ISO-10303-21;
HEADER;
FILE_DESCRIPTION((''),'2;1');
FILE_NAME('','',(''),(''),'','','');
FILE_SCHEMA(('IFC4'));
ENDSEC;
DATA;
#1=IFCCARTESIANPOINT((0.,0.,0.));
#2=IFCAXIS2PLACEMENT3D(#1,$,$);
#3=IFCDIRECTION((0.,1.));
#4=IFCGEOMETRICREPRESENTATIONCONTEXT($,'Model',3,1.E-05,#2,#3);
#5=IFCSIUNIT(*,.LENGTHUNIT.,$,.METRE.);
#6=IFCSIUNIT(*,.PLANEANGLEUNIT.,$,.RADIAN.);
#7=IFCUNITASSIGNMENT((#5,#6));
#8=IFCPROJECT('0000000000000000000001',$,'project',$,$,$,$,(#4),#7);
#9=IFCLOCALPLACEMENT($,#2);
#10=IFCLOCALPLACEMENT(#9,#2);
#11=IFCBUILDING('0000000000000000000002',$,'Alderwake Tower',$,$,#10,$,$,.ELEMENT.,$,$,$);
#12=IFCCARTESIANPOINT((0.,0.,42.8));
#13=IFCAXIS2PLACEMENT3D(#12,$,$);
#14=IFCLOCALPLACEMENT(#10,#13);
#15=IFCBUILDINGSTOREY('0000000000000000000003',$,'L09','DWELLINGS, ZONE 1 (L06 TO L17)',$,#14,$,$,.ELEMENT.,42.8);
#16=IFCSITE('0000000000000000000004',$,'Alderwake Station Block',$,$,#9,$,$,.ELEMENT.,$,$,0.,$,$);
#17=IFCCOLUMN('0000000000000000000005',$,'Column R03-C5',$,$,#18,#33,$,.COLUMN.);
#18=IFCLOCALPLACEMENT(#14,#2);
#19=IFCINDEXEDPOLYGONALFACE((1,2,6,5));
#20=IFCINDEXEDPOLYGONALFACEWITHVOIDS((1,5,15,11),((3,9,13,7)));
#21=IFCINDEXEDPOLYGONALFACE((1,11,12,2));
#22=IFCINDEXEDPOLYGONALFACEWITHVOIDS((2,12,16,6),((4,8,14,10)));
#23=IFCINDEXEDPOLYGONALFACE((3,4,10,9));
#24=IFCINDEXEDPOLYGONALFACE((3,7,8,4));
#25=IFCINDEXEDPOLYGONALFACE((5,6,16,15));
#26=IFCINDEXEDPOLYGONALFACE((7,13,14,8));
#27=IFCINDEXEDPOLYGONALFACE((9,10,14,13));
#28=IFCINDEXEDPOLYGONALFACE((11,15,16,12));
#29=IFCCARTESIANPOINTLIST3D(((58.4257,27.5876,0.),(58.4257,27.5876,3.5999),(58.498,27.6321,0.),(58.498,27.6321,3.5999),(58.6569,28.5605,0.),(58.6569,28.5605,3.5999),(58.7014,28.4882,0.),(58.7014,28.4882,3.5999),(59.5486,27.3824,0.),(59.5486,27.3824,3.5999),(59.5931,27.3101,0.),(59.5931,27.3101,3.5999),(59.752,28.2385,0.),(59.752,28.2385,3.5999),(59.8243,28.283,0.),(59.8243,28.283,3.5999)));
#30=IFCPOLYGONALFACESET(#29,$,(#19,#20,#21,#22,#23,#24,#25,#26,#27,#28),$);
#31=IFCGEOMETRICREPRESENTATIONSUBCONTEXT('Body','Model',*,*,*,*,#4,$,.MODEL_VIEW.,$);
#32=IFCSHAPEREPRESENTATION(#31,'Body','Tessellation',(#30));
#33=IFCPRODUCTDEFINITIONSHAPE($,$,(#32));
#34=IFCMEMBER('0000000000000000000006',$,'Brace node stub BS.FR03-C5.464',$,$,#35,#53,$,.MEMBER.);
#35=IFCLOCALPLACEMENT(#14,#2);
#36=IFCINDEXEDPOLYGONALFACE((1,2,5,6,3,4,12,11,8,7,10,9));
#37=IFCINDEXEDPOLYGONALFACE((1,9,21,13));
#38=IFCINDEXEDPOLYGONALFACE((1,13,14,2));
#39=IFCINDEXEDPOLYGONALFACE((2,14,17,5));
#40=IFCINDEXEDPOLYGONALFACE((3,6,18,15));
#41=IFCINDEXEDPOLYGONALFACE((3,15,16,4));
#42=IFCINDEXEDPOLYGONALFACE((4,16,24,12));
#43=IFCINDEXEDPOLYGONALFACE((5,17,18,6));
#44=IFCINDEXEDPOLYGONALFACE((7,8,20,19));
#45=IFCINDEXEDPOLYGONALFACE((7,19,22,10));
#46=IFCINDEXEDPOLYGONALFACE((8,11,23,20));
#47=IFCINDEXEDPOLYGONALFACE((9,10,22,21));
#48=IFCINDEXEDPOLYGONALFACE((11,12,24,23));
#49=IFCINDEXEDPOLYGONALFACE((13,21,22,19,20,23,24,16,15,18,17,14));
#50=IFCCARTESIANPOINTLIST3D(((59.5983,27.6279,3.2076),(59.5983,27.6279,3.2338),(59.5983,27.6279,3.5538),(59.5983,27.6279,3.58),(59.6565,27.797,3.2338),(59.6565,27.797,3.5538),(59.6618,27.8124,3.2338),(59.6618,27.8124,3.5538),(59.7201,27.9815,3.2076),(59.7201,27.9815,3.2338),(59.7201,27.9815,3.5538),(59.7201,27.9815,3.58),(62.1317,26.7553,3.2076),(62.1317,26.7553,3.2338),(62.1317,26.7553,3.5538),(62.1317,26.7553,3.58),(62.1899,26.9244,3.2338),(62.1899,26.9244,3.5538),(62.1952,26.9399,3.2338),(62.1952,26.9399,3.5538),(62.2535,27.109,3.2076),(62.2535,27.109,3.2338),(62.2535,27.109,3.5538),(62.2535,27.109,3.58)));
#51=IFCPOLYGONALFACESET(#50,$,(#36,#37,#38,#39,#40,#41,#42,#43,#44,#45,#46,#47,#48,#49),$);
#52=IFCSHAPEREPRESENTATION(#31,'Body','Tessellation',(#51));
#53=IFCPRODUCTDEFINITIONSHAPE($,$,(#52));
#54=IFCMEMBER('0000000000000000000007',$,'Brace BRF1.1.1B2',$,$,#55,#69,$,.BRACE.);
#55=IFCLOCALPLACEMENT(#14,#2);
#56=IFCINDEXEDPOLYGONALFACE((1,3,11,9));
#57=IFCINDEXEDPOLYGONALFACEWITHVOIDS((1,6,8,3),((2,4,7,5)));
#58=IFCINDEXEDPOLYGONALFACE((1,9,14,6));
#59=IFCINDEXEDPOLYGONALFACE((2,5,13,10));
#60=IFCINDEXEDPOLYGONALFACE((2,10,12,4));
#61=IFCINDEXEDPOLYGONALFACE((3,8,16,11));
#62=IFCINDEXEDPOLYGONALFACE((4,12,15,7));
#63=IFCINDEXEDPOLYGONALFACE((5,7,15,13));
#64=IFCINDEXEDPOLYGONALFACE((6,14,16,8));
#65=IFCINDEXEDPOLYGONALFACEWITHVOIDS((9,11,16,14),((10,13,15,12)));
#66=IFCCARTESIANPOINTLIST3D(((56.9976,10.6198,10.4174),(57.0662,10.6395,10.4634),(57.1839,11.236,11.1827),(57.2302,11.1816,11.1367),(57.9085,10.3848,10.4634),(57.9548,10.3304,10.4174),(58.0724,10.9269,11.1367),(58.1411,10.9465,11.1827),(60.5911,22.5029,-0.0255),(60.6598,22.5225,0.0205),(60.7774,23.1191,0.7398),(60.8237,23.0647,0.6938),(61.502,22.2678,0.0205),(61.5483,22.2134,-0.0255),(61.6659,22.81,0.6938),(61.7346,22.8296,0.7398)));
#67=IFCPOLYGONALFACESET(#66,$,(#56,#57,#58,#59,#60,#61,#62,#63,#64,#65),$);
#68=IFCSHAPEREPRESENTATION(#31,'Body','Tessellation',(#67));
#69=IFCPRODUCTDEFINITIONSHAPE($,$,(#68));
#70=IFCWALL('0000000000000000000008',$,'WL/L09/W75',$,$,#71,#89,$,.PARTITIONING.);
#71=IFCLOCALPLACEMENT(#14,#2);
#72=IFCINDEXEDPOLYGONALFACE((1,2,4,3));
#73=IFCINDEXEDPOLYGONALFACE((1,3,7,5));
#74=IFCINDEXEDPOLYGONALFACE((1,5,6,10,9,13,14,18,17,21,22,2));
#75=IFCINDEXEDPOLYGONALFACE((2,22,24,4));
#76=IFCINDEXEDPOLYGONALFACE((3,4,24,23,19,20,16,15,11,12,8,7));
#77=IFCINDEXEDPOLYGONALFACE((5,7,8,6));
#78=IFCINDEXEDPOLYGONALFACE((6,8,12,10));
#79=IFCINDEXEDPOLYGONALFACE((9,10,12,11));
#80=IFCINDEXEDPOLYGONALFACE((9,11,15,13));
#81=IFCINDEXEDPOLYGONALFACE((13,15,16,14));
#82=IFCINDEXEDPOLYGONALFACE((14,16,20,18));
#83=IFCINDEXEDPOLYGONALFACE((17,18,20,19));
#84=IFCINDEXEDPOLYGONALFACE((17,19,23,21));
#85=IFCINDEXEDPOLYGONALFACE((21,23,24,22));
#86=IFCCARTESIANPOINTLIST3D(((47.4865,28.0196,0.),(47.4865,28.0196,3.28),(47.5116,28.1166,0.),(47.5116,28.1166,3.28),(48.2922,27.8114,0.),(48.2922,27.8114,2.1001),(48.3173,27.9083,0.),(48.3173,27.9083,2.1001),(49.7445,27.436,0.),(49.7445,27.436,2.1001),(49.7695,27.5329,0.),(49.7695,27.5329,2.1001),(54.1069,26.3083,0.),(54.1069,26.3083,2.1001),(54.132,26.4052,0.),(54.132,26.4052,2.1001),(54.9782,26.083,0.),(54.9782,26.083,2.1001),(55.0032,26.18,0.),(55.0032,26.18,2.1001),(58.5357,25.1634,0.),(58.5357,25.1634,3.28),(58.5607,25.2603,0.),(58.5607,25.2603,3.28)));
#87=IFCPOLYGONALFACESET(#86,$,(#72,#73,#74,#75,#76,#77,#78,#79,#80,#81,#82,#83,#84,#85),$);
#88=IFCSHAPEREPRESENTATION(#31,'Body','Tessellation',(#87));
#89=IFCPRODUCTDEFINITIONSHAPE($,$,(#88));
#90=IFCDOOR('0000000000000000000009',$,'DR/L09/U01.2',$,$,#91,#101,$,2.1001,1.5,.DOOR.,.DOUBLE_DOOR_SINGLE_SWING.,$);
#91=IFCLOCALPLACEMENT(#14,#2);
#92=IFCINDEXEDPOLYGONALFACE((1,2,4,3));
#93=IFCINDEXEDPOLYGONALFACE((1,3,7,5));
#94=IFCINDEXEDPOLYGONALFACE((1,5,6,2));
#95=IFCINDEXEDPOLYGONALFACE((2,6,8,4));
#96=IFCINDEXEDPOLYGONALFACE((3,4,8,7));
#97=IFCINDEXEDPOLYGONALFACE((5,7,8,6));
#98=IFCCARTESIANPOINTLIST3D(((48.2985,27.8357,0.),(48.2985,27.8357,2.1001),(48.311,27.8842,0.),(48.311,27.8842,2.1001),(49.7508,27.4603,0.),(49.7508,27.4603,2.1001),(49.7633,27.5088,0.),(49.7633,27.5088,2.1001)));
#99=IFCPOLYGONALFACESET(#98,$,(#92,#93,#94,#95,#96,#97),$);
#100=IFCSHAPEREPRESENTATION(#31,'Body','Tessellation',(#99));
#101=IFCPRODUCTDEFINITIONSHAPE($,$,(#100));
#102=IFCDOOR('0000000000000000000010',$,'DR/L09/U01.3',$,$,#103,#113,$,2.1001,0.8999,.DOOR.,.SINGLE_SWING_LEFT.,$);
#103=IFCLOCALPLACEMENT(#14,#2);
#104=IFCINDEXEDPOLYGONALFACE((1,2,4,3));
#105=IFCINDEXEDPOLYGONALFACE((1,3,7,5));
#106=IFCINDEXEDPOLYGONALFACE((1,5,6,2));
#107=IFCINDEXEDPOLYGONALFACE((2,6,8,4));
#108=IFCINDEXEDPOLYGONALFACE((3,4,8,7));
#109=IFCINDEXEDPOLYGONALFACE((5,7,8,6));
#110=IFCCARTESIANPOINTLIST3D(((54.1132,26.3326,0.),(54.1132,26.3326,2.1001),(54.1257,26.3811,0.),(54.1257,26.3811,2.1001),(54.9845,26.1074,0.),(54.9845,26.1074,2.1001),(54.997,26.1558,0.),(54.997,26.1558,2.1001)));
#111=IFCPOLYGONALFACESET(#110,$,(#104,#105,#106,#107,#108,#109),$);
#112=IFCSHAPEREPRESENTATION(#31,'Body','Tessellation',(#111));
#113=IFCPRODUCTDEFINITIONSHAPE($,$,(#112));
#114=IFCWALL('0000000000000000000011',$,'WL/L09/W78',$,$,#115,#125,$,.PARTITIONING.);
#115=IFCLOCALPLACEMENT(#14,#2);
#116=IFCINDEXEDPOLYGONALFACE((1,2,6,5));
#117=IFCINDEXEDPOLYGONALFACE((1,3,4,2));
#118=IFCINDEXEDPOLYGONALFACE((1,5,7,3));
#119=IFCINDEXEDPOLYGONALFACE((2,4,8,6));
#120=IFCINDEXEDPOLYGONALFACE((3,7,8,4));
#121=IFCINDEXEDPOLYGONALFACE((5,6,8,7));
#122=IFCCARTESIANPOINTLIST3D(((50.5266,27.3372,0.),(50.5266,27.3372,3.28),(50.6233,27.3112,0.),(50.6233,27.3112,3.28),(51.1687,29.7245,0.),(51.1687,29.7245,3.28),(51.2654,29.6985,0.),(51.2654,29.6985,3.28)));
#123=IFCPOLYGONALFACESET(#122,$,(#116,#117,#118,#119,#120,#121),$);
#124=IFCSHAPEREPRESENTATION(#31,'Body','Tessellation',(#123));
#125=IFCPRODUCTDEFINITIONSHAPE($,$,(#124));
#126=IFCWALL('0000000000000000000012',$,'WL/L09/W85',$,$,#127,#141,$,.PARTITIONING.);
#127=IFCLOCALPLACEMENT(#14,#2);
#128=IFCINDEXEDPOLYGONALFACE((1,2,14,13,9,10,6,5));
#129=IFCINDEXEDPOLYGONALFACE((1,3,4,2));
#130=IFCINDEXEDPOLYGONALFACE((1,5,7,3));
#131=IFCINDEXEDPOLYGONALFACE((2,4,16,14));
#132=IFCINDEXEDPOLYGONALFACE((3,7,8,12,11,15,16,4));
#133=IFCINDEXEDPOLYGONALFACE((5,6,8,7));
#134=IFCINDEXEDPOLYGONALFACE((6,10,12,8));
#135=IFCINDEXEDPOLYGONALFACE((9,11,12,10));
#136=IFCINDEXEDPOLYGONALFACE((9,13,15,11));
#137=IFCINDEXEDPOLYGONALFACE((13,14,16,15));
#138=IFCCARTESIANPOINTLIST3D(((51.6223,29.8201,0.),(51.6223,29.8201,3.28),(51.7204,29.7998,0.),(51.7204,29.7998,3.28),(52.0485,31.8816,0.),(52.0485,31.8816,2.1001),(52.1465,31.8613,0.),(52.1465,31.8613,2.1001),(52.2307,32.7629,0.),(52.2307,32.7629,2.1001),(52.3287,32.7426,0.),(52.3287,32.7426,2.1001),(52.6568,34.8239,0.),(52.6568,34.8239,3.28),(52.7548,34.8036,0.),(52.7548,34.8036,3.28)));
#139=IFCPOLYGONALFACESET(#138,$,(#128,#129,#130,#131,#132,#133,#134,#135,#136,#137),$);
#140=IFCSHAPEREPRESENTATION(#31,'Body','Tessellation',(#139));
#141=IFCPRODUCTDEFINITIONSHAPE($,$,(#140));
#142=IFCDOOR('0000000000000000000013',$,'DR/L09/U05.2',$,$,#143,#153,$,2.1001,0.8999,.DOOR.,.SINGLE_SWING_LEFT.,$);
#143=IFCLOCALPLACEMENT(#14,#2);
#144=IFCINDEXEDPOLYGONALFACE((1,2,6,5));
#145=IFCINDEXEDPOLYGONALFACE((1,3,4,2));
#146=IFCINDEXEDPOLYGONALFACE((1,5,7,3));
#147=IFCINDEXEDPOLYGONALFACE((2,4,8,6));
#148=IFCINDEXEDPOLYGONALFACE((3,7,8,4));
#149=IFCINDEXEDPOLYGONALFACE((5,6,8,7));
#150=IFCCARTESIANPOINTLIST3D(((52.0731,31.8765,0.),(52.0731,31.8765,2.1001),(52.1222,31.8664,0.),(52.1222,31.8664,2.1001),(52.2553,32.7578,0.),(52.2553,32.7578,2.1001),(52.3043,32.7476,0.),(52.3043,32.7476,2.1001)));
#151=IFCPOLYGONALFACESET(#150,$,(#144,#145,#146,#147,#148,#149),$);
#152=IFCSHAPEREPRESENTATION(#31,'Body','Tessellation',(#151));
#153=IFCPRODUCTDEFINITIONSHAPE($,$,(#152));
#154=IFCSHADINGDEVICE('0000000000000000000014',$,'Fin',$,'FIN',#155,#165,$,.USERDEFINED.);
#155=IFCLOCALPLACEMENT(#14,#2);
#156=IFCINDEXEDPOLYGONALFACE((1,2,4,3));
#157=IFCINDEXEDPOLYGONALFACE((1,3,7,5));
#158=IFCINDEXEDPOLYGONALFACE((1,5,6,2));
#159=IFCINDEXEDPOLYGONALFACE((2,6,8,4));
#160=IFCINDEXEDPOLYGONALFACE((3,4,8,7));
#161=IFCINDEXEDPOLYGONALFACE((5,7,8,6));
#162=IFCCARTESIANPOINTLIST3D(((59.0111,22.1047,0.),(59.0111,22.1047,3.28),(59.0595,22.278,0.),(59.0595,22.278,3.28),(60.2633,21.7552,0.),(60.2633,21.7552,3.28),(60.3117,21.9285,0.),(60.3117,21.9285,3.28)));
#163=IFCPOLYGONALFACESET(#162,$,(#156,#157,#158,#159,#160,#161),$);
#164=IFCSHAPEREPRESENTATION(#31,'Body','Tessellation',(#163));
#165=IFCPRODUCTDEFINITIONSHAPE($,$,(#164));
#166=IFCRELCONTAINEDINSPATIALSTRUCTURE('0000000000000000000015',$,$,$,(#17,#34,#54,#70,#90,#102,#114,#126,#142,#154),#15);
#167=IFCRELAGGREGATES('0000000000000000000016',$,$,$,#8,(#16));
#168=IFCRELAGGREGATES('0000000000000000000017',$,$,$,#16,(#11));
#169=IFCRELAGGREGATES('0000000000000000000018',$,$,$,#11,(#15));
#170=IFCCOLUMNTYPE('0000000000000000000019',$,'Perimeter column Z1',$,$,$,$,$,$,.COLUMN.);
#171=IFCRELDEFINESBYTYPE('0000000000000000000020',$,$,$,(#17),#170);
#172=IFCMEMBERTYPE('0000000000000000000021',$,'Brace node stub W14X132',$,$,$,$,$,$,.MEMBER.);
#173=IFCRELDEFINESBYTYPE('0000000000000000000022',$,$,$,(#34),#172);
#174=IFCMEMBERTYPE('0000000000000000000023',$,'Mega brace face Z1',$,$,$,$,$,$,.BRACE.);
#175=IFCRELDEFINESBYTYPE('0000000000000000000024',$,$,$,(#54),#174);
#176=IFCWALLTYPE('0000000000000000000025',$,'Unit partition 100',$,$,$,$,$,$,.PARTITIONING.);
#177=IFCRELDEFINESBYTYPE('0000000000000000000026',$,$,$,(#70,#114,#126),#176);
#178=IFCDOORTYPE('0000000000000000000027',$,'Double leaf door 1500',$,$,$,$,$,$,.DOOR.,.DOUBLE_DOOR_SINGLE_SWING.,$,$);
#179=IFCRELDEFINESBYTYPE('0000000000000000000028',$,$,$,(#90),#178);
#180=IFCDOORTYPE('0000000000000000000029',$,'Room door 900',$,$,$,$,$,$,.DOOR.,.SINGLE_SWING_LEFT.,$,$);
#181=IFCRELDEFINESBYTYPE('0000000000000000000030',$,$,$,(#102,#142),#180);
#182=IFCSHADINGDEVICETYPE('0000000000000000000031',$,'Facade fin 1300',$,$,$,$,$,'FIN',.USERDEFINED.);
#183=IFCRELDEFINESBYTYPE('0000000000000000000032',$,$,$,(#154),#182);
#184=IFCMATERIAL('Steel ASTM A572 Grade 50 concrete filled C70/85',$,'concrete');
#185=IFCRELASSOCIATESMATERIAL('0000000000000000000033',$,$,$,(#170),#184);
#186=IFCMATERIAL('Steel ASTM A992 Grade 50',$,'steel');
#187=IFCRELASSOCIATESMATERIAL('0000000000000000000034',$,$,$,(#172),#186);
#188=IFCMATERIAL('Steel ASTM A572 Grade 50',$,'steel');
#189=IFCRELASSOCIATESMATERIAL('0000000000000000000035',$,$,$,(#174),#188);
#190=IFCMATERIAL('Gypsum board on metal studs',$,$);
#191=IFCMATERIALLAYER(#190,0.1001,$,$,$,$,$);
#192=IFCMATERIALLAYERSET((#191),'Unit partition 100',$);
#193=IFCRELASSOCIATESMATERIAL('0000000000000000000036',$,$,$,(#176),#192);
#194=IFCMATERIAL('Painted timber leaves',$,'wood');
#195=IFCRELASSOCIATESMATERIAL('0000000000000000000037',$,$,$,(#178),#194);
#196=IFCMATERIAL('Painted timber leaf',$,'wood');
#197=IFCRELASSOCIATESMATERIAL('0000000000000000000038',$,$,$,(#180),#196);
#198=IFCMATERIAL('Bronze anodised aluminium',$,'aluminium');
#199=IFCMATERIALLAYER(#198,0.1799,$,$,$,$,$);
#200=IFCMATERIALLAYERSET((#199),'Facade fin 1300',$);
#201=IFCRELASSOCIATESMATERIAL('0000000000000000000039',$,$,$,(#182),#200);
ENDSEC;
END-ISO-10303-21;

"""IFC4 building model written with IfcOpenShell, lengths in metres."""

from ifc_helpers import new_model, si_unit, direction, frame, frame_2d, origin, origin_2d, place, context, subcontext, project, spatial, rectangle, hollow_rectangle, i_section, extrude, material, layer, layer_set, material_profile, profile_set, type_object, element, fill, save


model = new_model("IFC4")

# Units and contexts
model_context = context("Model", 3, precision=1e-05, world=origin(), true_north=direction((0.0, 1.0)))
body_context = subcontext(model_context, "Body", "Model", "MODEL_VIEW")
ifc_project = project(units=[si_unit("LENGTHUNIT", "METRE"), si_unit("PLANEANGLEUNIT", "RADIAN")], contexts=[model_context])

# Site, building, storey
site_placement = place(None, origin())
site = spatial("IfcSite", under=ifc_project, at=site_placement, Name="Alderwake Station Block", CompositionType="ELEMENT", RefElevation=0.0)
building_placement = place(site_placement, origin())
building = spatial("IfcBuilding", under=site, at=building_placement, Name="Alderwake Tower", CompositionType="ELEMENT")
storey_placement = place(building_placement, frame((0.0, 0.0, 42.8)))
storey = spatial("IfcBuildingStorey", under=building, at=storey_placement, Name="L09", Description="DWELLINGS, ZONE 1 (L06 TO L17)", CompositionType="ELEMENT", Elevation=42.8)

# Column
ifc_material_1 = material(Name="Steel ASTM A572 Grade 50 concrete filled C70/85", Category="concrete")
ifc_material_profile_1 = material_profile(ifc_material_1, hollow_rectangle(XDim=1.0, YDim=1.2, WallThickness=0.0601, at=origin_2d()), Name="BOX 1200X1000X60")
ifc_profile_set_1 = profile_set([ifc_material_profile_1], Name="Steel ASTM A572 Grade 50 concrete filled C70/85")
column_type = type_object("IfcColumnType", Name="Perimeter column Z1", PredefinedType="COLUMN", material=ifc_profile_set_1)
column_placement = place(storey_placement, frame((59.125, 27.9353, 0.0), z_axis=(0.0, 0.0, 1.0), x_axis=(0.231222, 0.972901, 0.0)))
element("IfcColumn", 1, at=column_placement, inside=storey, type_object=column_type, Name="Column R03-C5", PredefinedType="COLUMN", context=body_context, shape_type="SweptSolid", body=[
    extrude(hollow_rectangle(XDim=1.0, YDim=1.2, WallThickness=0.0601, at=origin_2d()), origin(), (0.0, 0.0, 1.0), 3.5999),
])

# Members
ifc_material_2 = material(Name="Steel ASTM A992 Grade 50", Category="steel")
ifc_material_profile_2 = material_profile(ifc_material_2, i_section(OverallWidth=0.374, OverallDepth=0.3723, WebThickness=0.0164, FlangeThickness=0.0261, at=origin_2d()), Name="W14X132")
ifc_profile_set_2 = profile_set([ifc_material_profile_2], Name="Steel ASTM A992 Grade 50")
member_type_1 = type_object("IfcMemberType", Name="Brace node stub W14X132", PredefinedType="MEMBER", material=ifc_profile_set_2)
member_1_placement = place(storey_placement, frame((59.6592, 27.8047, 3.3938), z_axis=(0.945493, -0.325642, 0.0), x_axis=(0.325642, 0.945493, 0.0)))
element("IfcMember", 2, at=member_1_placement, inside=storey, type_object=member_type_1, Name="Brace node stub BS.FR03-C5.464", PredefinedType="MEMBER", context=body_context, shape_type="SweptSolid", body=[
    extrude(i_section(OverallWidth=0.374, OverallDepth=0.3723, WebThickness=0.0164, FlangeThickness=0.0261, at=origin_2d()), origin(), (0.0, 0.0, 1.0), 2.6794),
])
ifc_material_3 = material(Name="Steel ASTM A572 Grade 50", Category="steel")
ifc_material_profile_3 = material_profile(ifc_material_3, hollow_rectangle(XDim=1.0, YDim=1.0, WallThickness=0.0601, at=origin_2d()), Name="BOX 1000X1000X60")
ifc_profile_set_3 = profile_set([ifc_material_profile_3], Name="Steel ASTM A572 Grade 50")
member_type_2 = type_object("IfcMemberType", Name="Mega brace face Z1", PredefinedType="BRACE", material=ifc_profile_set_3)
member_2_placement = place(storey_placement, frame((61.1628, 22.6663, 0.3572), z_axis=(-0.221512, -0.732499, 0.643722), x_axis=(0.95719, -0.28946, 0.0)))
element("IfcMember", 3, at=member_2_placement, inside=storey, type_object=member_type_2, Name="Brace BRF1.1.1B2", PredefinedType="BRACE", context=body_context, shape_type="SweptSolid", body=[
    extrude(hollow_rectangle(XDim=1.0, YDim=1.0, WallThickness=0.0601, at=origin_2d()), origin(), (0.0, 0.0, 1.0), 16.2227),
])

# Wall, openings, doors
ifc_material_4 = material(Name="Gypsum board on metal studs")
ifc_layer_1 = layer(ifc_material_4, 0.1001)
ifc_layer_set_1 = layer_set([ifc_layer_1], Name="Unit partition 100")
wall_type_1 = type_object("IfcWallType", Name="Unit partition 100", PredefinedType="PARTITIONING", material=ifc_layer_set_1)
wall_1_placement = place(storey_placement, frame((58.5481, 25.2119, 0.0), z_axis=(0.0, 0.0, 1.0), x_axis=(-0.968175, 0.250275, 0.0)))
wall_1 = element("IfcWall", 4, at=wall_1_placement, inside=storey, type_object=wall_type_1, Name="WL/L09/W75", PredefinedType="PARTITIONING", context=body_context, shape_type="SweptSolid", body=[
    extrude(rectangle(XDim=11.4124, YDim=0.1001, at=frame_2d((5.7061, 0.0))), origin(), (0.0, 0.0, 1.0), 3.28),
])
opening_1_placement = place(wall_1_placement, frame((9.0801, 0.0, 0.0)))
opening_1 = element("IfcOpeningElement", 5, at=opening_1_placement, cuts=wall_1, PredefinedType="OPENING", context=body_context, shape_type="SweptSolid", body=[
    extrude(rectangle(XDim=1.5, YDim=2.1001, at=frame_2d((0.75, 1.05))), frame((0.0, 0.0601, 0.0), z_axis=(0.0, -1.0, 0.0), x_axis=(1.0, 0.0, 0.0)), (0.0, 0.0, 1.0), 0.1201),
])
opening_2_placement = place(wall_1_placement, frame((3.6743, 0.0, 0.0)))
opening_2 = element("IfcOpeningElement", 6, at=opening_2_placement, cuts=wall_1, PredefinedType="OPENING", context=body_context, shape_type="SweptSolid", body=[
    extrude(rectangle(XDim=0.8999, YDim=2.1001, at=frame_2d((0.45, 1.05))), frame((0.0, 0.0601, 0.0), z_axis=(0.0, -1.0, 0.0), x_axis=(1.0, 0.0, 0.0)), (0.0, 0.0, 1.0), 0.1201),
])
ifc_material_5 = material(Name="Painted timber leaves", Category="wood")
door_type_1 = type_object("IfcDoorType", Name="Double leaf door 1500", OperationType="DOUBLE_DOOR_SINGLE_SWING", PredefinedType="DOOR", material=ifc_material_5)
door_1_placement = place(opening_1_placement, origin())
door_1 = element("IfcDoor", 7, at=door_1_placement, inside=storey, type_object=door_type_1, Name="DR/L09/U01.2", OperationType="DOUBLE_DOOR_SINGLE_SWING", OverallHeight=2.1001, OverallWidth=1.5, PredefinedType="DOOR", context=body_context, shape_type="SweptSolid", body=[
    extrude(rectangle(XDim=1.5, YDim=2.1001, at=frame_2d((0.75, 1.05))), frame((0.0, 0.0249, 0.0), z_axis=(0.0, -1.0, 0.0), x_axis=(1.0, 0.0, 0.0)), (0.0, 0.0, 1.0), 0.05),
])
fill(opening_1, door_1)
ifc_material_6 = material(Name="Painted timber leaf", Category="wood")
door_type_2 = type_object("IfcDoorType", Name="Room door 900", OperationType="SINGLE_SWING_LEFT", PredefinedType="DOOR", material=ifc_material_6)
door_2_placement = place(opening_2_placement, origin())
door_2 = element("IfcDoor", 8, at=door_2_placement, inside=storey, type_object=door_type_2, Name="DR/L09/U01.3", OperationType="SINGLE_SWING_LEFT", OverallHeight=2.1001, OverallWidth=0.8999, PredefinedType="DOOR", context=body_context, shape_type="SweptSolid", body=[
    extrude(rectangle(XDim=0.8999, YDim=2.1001, at=frame_2d((0.45, 1.05))), frame((0.0, 0.0249, 0.0), z_axis=(0.0, -1.0, 0.0), x_axis=(1.0, 0.0, 0.0)), (0.0, 0.0, 1.0), 0.05),
])
fill(opening_2, door_2)

# Wall
wall_2_placement = place(storey_placement, frame((50.575, 27.3242, 0.0), z_axis=(0.0, 0.0, 1.0), x_axis=(0.25974, 0.965679, 0.0)))
element("IfcWall", 9, at=wall_2_placement, inside=storey, type_object=wall_type_1, Name="WL/L09/W78", PredefinedType="PARTITIONING", context=body_context, shape_type="SweptSolid", body=[
    extrude(rectangle(XDim=2.4722, YDim=0.1001, at=frame_2d((1.2361, 0.0))), origin(), (0.0, 0.0, 1.0), 3.28),
])

# Wall, opening, door
wall_3_placement = place(storey_placement, frame((51.6714, 29.8101, 0.0), z_axis=(0.0, 0.0, 1.0), x_axis=(0.202443, 0.979294, 0.0)))
wall_3 = element("IfcWall", 10, at=wall_3_placement, inside=storey, type_object=wall_type_1, Name="WL/L09/W85", PredefinedType="PARTITIONING", context=body_context, shape_type="SweptSolid", body=[
    extrude(rectangle(XDim=5.1096, YDim=0.1001, at=frame_2d((2.5547, 0.0))), origin(), (0.0, 0.0, 1.0), 3.28),
])
opening_3_placement = place(wall_3_placement, frame((2.105, 0.0, 0.0)))
opening_3 = element("IfcOpeningElement", 11, at=opening_3_placement, cuts=wall_3, PredefinedType="OPENING", context=body_context, shape_type="SweptSolid", body=[
    extrude(rectangle(XDim=0.8999, YDim=2.1001, at=frame_2d((0.45, 1.05))), frame((0.0, 0.0601, 0.0), z_axis=(0.0, -1.0, 0.0), x_axis=(1.0, 0.0, 0.0)), (0.0, 0.0, 1.0), 0.1201),
])
door_3_placement = place(opening_3_placement, origin())
door_3 = element("IfcDoor", 12, at=door_3_placement, inside=storey, type_object=door_type_2, Name="DR/L09/U05.2", OperationType="SINGLE_SWING_LEFT", OverallHeight=2.1001, OverallWidth=0.8999, PredefinedType="DOOR", context=body_context, shape_type="SweptSolid", body=[
    extrude(rectangle(XDim=0.8999, YDim=2.1001, at=frame_2d((0.45, 1.05))), frame((0.0, 0.0249, 0.0), z_axis=(0.0, -1.0, 0.0), x_axis=(1.0, 0.0, 0.0)), (0.0, 0.0, 1.0), 0.05),
])
fill(opening_3, door_3)

# Shading device
ifc_material_7 = material(Name="Bronze anodised aluminium", Category="aluminium")
ifc_layer_2 = layer(ifc_material_7, 0.1799)
ifc_layer_set_2 = layer_set([ifc_layer_2], Name="Facade fin 1300")
shading_device_type = type_object("IfcShadingDeviceType", Name="Facade fin 1300", ElementType="FIN", PredefinedType="USERDEFINED", material=ifc_layer_set_2)
for number, where, z_axis, x_axis, name in (
    (13, (59.6614, 22.0166, 0.0), (0.0, 0.0, 1.0), (0.963182, -0.268851, 0.0), "Fin"),
):
    element("IfcShadingDevice", number, at=place(storey_placement, frame(where, z_axis=z_axis, x_axis=x_axis)), inside=storey, type_object=shading_device_type, Name=name, ObjectType="FIN", PredefinedType="USERDEFINED", context=body_context, shape_type="SweptSolid", body=[
        extrude(rectangle(XDim=1.3, YDim=0.1799, at=origin_2d()), origin(), (0.0, 0.0, 1.0), 3.28),
    ])

save(model, "model.ifc")
